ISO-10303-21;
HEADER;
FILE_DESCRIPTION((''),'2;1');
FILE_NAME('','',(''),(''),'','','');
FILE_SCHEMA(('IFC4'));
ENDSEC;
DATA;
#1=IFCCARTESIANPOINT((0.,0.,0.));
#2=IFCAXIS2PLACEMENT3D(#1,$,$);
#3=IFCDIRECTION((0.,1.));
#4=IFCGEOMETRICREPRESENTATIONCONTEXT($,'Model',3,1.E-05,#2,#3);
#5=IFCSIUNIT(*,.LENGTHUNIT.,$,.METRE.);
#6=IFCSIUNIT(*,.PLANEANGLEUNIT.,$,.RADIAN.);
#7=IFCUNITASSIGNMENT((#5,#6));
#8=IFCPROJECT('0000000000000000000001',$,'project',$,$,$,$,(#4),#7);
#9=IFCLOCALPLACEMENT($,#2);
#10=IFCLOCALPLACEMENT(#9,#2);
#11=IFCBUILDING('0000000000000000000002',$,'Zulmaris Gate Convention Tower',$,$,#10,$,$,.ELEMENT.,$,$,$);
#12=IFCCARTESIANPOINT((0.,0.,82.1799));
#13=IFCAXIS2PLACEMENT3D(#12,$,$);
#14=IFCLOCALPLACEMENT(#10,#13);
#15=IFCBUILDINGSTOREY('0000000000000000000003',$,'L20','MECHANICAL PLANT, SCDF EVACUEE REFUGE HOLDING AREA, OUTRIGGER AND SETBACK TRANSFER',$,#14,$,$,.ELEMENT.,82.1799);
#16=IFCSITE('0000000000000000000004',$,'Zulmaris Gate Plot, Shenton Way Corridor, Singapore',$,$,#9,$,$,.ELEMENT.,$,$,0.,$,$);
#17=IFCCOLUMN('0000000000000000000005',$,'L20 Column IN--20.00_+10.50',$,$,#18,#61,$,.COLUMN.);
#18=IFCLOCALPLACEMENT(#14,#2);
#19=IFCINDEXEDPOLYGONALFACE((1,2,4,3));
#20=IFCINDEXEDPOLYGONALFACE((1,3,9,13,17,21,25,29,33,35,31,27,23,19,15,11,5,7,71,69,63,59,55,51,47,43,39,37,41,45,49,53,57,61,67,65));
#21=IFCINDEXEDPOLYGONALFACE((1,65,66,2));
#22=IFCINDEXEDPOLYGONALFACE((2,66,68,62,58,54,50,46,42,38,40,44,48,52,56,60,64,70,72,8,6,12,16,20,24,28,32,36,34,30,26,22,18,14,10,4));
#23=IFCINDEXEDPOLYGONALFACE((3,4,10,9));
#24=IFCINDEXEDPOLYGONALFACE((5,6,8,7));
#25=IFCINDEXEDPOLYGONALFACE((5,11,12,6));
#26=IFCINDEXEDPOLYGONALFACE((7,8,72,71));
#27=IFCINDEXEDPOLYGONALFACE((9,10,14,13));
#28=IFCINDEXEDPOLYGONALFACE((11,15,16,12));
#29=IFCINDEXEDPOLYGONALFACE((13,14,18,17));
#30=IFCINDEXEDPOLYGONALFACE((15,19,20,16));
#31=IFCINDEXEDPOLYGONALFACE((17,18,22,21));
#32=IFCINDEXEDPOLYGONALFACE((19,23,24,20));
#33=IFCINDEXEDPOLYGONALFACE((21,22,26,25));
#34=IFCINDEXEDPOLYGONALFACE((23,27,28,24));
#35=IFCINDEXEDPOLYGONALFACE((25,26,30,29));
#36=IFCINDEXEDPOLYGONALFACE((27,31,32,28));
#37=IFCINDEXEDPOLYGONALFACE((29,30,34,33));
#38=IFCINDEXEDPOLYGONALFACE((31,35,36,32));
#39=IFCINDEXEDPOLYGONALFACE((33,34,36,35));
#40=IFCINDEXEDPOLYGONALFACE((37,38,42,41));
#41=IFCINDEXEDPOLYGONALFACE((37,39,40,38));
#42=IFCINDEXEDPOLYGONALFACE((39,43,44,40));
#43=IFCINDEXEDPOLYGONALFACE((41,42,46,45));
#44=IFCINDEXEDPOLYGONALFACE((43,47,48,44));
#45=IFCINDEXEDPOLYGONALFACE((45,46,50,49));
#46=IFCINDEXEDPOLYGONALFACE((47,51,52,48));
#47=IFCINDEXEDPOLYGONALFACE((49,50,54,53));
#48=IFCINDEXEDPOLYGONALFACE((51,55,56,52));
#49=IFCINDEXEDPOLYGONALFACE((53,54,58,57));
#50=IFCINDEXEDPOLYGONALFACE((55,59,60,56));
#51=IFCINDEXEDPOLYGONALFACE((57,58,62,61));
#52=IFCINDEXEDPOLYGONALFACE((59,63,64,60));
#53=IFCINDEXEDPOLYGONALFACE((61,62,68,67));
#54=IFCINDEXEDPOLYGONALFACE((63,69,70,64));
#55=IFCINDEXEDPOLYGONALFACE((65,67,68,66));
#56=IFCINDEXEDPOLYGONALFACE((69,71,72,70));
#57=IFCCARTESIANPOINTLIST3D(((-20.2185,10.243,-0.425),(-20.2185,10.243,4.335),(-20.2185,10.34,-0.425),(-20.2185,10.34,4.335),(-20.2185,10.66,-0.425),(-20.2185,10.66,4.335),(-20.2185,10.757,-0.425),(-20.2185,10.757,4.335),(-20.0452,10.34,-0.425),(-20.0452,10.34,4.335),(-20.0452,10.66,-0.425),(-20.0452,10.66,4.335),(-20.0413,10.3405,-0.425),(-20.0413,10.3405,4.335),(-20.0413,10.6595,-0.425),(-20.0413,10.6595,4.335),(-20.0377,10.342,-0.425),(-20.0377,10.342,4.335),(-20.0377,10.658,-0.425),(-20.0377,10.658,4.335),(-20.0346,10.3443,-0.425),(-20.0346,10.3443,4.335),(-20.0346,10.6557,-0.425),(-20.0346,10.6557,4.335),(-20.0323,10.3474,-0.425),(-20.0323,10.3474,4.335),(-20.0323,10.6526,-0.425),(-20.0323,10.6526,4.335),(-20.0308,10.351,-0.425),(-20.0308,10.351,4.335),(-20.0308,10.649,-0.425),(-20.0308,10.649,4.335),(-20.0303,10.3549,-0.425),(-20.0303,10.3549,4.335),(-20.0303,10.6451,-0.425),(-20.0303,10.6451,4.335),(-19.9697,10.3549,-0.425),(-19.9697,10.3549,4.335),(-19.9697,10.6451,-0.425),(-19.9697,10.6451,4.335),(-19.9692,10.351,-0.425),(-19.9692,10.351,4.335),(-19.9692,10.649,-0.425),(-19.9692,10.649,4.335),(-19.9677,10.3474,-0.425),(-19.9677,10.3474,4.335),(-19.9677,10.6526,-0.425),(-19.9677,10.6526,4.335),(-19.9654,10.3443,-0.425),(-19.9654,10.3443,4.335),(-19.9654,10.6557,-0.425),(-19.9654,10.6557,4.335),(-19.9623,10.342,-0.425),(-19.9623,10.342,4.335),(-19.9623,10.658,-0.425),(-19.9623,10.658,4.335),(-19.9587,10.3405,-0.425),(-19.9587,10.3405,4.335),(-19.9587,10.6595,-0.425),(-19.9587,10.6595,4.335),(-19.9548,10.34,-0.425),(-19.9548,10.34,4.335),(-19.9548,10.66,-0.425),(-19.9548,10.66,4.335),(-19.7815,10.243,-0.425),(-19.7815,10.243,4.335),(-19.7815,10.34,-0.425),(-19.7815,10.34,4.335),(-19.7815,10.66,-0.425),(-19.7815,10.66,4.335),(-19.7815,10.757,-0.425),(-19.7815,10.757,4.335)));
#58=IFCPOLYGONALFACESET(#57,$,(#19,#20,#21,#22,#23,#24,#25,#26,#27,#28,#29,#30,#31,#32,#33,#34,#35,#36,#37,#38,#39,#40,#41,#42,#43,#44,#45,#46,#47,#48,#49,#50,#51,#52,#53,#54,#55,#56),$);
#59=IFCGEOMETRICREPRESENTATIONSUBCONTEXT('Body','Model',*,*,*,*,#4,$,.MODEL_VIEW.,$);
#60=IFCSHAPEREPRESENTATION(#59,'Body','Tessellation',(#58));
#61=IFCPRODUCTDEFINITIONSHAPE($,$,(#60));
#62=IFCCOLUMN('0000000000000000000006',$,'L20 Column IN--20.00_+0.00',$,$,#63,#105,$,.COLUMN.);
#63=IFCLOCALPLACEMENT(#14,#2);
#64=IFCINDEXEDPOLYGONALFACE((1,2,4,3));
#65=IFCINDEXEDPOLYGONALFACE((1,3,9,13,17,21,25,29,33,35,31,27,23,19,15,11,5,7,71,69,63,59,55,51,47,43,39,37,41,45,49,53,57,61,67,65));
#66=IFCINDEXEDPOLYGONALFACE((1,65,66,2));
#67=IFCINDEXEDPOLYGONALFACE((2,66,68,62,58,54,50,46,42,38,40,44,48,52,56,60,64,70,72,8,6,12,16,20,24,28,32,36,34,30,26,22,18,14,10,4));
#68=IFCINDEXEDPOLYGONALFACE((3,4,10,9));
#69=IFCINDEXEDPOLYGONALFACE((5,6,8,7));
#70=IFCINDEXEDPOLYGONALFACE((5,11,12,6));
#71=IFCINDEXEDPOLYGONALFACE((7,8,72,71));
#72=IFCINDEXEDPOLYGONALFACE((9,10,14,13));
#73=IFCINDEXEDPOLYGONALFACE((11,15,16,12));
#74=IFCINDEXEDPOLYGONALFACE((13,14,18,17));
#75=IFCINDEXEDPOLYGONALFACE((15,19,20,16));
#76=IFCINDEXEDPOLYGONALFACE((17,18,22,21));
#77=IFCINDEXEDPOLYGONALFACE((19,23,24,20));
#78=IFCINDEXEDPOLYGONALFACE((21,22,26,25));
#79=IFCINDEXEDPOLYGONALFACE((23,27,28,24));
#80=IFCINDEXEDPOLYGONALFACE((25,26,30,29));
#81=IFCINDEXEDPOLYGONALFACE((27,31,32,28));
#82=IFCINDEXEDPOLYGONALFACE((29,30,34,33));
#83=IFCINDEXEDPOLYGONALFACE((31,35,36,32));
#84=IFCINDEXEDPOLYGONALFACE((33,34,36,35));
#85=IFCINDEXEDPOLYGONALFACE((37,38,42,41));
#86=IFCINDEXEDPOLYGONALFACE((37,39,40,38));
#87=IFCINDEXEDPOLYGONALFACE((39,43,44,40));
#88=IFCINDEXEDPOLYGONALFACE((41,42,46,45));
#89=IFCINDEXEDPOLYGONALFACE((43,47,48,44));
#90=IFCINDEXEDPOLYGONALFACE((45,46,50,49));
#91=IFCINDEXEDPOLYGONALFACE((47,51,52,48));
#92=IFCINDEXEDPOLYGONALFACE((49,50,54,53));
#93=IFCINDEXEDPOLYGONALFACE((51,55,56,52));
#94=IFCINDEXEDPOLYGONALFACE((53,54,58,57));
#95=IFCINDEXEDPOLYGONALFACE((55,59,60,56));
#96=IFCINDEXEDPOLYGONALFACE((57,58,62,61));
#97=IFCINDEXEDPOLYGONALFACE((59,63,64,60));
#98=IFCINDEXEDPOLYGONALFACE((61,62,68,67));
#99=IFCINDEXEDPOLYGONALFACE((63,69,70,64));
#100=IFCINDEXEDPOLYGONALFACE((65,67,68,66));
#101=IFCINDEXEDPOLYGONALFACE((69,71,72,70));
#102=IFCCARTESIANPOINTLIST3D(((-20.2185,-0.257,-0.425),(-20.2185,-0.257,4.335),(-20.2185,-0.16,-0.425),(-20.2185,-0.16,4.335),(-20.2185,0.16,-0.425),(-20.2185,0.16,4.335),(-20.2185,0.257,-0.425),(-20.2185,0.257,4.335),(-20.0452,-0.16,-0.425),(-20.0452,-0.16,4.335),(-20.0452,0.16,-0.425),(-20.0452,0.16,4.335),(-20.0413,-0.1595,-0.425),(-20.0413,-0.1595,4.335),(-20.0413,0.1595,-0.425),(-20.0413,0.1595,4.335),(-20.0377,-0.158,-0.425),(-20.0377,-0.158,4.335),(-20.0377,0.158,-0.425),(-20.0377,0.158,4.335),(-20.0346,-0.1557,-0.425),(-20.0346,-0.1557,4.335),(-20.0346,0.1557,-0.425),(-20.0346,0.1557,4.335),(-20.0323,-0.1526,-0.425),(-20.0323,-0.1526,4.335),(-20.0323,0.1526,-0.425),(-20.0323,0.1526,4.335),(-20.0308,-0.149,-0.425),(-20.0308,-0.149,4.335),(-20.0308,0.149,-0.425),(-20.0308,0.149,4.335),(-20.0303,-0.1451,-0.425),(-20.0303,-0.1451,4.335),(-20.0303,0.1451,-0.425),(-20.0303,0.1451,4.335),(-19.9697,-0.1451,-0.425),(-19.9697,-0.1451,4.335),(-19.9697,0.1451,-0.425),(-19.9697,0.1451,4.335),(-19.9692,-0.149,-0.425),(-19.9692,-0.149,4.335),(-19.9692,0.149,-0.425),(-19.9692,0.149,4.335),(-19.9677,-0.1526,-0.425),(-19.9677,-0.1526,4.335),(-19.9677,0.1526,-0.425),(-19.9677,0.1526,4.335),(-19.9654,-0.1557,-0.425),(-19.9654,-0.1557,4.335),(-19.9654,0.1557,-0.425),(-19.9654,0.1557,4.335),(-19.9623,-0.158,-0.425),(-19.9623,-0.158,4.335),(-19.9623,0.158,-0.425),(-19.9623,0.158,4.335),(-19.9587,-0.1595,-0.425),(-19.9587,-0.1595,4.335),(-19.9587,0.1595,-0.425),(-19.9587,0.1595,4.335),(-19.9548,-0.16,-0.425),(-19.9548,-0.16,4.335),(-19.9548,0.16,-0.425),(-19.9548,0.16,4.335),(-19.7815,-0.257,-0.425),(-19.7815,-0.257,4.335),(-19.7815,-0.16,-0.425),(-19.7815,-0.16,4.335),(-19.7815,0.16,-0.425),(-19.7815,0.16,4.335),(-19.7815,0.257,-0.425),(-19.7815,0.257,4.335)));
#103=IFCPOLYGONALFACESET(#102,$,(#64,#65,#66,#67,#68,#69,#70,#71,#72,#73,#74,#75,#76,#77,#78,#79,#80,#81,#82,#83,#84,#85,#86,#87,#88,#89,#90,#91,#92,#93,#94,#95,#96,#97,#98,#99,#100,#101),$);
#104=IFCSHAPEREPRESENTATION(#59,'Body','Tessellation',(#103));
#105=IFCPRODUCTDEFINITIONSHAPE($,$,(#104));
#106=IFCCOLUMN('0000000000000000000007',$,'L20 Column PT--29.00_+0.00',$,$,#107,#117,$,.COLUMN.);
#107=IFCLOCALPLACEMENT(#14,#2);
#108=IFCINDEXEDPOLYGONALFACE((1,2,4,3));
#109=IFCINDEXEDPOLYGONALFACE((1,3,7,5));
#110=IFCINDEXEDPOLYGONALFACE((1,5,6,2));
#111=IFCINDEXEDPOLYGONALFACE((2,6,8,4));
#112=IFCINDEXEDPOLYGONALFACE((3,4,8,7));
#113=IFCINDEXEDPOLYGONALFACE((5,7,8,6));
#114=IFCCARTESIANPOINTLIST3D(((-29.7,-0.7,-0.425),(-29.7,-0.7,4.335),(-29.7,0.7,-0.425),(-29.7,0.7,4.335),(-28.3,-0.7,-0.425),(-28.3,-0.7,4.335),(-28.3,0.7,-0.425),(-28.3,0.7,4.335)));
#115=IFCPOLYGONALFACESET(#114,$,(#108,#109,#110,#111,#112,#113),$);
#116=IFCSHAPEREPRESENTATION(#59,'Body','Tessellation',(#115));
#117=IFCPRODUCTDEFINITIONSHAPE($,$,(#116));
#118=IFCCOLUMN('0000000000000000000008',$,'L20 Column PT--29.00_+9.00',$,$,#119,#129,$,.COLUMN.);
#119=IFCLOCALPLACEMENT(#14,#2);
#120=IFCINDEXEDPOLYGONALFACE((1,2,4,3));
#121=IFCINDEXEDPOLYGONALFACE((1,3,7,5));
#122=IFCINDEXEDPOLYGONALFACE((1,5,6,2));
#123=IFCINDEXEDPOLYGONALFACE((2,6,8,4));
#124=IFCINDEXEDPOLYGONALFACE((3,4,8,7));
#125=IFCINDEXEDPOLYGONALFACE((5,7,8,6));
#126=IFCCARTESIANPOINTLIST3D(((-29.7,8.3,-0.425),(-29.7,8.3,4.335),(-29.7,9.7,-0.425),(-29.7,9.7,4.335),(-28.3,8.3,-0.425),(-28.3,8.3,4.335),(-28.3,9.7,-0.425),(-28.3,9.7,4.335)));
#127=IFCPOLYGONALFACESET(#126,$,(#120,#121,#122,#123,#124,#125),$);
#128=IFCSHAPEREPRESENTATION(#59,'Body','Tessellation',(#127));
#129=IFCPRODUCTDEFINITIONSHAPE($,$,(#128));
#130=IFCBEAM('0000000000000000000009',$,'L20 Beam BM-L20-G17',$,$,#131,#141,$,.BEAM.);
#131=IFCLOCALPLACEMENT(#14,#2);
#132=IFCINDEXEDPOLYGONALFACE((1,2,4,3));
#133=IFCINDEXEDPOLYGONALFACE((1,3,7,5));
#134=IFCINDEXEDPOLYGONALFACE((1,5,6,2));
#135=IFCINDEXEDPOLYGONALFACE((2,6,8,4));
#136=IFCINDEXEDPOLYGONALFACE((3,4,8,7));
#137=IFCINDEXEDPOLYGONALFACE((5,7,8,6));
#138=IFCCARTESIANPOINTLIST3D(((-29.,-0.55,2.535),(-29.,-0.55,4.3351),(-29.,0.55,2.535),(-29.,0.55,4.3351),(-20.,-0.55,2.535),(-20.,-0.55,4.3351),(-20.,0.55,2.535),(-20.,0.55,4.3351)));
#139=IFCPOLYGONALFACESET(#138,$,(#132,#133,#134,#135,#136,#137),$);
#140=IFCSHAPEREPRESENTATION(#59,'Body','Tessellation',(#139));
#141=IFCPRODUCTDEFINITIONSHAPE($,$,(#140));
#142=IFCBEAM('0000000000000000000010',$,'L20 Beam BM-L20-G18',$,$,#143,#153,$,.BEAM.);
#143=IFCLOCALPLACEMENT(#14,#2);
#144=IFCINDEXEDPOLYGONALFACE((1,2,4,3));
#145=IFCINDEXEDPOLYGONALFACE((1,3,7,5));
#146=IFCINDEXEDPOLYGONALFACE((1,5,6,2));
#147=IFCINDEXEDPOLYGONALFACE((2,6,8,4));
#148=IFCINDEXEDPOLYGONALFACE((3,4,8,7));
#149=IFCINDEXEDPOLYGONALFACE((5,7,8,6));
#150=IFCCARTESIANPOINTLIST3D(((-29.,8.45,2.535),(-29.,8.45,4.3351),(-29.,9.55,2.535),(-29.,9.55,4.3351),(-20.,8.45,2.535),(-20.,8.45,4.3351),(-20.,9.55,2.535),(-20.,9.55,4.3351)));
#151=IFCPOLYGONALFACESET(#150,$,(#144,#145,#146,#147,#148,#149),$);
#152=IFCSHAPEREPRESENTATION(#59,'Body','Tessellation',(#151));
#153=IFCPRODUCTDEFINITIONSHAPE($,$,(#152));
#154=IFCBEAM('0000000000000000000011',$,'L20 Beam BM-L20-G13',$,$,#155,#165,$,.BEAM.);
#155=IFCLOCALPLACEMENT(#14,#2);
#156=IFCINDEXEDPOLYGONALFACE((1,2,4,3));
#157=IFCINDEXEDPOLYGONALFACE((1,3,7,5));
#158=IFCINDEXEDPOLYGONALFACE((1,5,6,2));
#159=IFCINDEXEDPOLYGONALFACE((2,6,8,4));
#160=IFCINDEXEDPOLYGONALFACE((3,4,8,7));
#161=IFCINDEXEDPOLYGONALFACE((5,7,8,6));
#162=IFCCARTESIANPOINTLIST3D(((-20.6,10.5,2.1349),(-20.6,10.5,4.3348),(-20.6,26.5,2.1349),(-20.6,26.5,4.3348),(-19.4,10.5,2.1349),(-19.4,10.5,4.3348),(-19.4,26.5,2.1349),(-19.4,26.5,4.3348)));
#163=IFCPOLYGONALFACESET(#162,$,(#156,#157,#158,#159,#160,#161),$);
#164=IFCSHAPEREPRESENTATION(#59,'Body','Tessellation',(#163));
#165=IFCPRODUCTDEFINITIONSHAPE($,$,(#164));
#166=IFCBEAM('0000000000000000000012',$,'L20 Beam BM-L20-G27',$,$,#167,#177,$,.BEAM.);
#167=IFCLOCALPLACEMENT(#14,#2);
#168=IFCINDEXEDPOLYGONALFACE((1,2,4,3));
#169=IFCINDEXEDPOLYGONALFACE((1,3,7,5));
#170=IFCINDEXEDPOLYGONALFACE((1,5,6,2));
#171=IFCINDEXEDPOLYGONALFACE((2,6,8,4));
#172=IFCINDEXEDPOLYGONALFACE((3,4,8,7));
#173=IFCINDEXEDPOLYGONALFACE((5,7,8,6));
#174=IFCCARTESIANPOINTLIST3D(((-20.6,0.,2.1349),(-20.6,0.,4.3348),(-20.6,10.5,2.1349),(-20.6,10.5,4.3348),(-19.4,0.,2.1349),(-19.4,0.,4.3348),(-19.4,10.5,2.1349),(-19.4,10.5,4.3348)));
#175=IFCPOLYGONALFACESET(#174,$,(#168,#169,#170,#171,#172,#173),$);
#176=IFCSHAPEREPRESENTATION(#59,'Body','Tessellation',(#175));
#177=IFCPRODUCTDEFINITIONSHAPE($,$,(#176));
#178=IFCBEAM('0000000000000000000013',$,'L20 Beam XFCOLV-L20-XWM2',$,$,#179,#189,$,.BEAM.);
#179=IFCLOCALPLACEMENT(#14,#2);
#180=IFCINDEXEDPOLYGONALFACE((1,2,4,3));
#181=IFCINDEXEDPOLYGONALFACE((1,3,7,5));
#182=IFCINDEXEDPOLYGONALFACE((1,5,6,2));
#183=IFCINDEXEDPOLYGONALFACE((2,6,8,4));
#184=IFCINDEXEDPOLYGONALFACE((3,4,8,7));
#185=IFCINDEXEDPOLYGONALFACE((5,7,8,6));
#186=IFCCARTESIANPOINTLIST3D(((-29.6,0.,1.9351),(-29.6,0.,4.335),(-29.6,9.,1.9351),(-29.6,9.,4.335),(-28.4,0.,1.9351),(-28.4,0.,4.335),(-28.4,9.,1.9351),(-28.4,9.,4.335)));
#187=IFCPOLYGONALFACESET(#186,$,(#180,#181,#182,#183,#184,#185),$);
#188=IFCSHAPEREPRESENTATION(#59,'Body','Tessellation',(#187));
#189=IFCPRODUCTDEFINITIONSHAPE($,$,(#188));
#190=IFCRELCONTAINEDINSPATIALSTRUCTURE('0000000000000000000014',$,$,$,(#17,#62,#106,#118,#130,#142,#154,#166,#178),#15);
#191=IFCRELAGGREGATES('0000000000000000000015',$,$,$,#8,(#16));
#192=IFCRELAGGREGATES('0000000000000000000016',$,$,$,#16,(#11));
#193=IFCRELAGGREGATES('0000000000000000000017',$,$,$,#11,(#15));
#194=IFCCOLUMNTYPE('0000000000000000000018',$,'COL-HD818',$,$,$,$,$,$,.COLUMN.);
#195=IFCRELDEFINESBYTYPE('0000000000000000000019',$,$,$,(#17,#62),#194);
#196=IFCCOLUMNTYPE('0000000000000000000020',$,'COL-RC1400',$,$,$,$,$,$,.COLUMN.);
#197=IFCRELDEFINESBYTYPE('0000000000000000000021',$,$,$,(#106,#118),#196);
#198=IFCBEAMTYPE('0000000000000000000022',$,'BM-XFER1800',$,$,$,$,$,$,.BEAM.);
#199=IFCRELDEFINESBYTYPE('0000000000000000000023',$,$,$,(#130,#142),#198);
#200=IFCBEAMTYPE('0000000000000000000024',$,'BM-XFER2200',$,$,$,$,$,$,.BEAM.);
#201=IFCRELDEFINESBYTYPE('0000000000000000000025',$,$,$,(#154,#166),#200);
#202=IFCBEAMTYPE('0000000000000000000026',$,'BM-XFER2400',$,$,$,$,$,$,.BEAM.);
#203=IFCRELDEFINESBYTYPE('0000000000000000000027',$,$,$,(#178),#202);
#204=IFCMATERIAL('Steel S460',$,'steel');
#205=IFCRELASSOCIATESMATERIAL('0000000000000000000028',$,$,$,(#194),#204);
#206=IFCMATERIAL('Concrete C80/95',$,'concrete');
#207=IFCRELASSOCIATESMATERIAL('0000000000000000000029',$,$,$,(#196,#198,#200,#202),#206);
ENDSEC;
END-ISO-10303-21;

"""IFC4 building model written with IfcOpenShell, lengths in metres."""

from ifc_helpers import new_model, si_unit, direction, frame, origin, origin_2d, place, context, subcontext, project, spatial, rectangle, i_section, extrude, material, material_profile, profile_set, type_object, element, save


model = new_model("IFC4")

# Units and contexts
model_context = context("Model", 3, precision=1e-05, world=origin(), true_north=direction((0.0, 1.0)))
body_context = subcontext(model_context, "Body", "Model", "MODEL_VIEW")
ifc_project = project(units=[si_unit("LENGTHUNIT", "METRE"), si_unit("PLANEANGLEUNIT", "RADIAN")], contexts=[model_context])

# Site, building, storey
site_placement = place(None, origin())
site = spatial("IfcSite", under=ifc_project, at=site_placement, Name="Zulmaris Gate Plot, Shenton Way Corridor, Singapore", CompositionType="ELEMENT", RefElevation=0.0)
building_placement = place(site_placement, origin())
building = spatial("IfcBuilding", under=site, at=building_placement, Name="Zulmaris Gate Convention Tower", CompositionType="ELEMENT")
storey_placement = place(building_placement, frame((0.0, 0.0, 82.1799)))
storey = spatial("IfcBuildingStorey", under=building, at=storey_placement, Name="L20", Description="MECHANICAL PLANT, SCDF EVACUEE REFUGE HOLDING AREA, OUTRIGGER AND SETBACK TRANSFER", CompositionType="ELEMENT", Elevation=82.1799)

# Columns
ifc_material_1 = material(Name="Steel S460", Category="steel")
ifc_material_profile_1 = material_profile(ifc_material_1, i_section(OverallWidth=0.437, OverallDepth=0.5139, WebThickness=0.0605, FlangeThickness=0.0969, FilletRadius=0.0149, at=origin_2d()), Name="HD 400x818")
ifc_profile_set_1 = profile_set([ifc_material_profile_1], Name="Steel S460")
column_type_1 = type_object("IfcColumnType", Name="COL-HD818", PredefinedType="COLUMN", material=ifc_profile_set_1)
for number, where, z_axis, x_axis, name in (
    (1, (-20.0, 10.5, -0.425), (0.0, 0.0, 1.0), (1.0, 0.0, 0.0), "L20 Column IN--20.00_+10.50"),
    (2, (-20.0, 0.0, -0.425), (0.0, 0.0, 1.0), (1.0, 0.0, 0.0), "L20 Column IN--20.00_+0.00"),
):
    element("IfcColumn", number, at=place(storey_placement, frame(where, z_axis=z_axis, x_axis=x_axis)), inside=storey, type_object=column_type_1, Name=name, PredefinedType="COLUMN", context=body_context, shape_type="SweptSolid", body=[
        extrude(i_section(OverallWidth=0.437, OverallDepth=0.5139, WebThickness=0.0605, FlangeThickness=0.0969, FilletRadius=0.0149, at=origin_2d()), origin(), (0.0, 0.0, 1.0), 4.76),
    ])
ifc_material_2 = material(Name="Concrete C80/95", Category="concrete")
ifc_material_profile_2 = material_profile(ifc_material_2, rectangle(XDim=1.3999, YDim=1.3999, at=origin_2d()), Name="RC COL 1400x1400")
ifc_profile_set_2 = profile_set([ifc_material_profile_2], Name="Concrete C80/95")
column_type_2 = type_object("IfcColumnType", Name="COL-RC1400", PredefinedType="COLUMN", material=ifc_profile_set_2)
for number, where, z_axis, x_axis, name in (
    (3, (-29.0, 0.0, -0.425), (0.0, 0.0, 1.0), (1.0, 0.0, 0.0), "L20 Column PT--29.00_+0.00"),
    (4, (-29.0, 9.0, -0.425), (0.0, 0.0, 1.0), (1.0, 0.0, 0.0), "L20 Column PT--29.00_+9.00"),
):
    element("IfcColumn", number, at=place(storey_placement, frame(where, z_axis=z_axis, x_axis=x_axis)), inside=storey, type_object=column_type_2, Name=name, PredefinedType="COLUMN", context=body_context, shape_type="SweptSolid", body=[
        extrude(rectangle(XDim=1.3999, YDim=1.3999, at=origin_2d()), origin(), (0.0, 0.0, 1.0), 4.76),
    ])

# Beams
ifc_material_profile_3 = material_profile(ifc_material_2, rectangle(XDim=1.1001, YDim=1.8, at=origin_2d()), Name="RC TRANSFER 1100x1800")
ifc_profile_set_3 = profile_set([ifc_material_profile_3], Name="Concrete C80/95")
beam_type_1 = type_object("IfcBeamType", Name="BM-XFER1800", PredefinedType="BEAM", material=ifc_profile_set_3)
for number, where, z_axis, x_axis, name in (
    (5, (-29.0, 0.0, 3.4351), (1.0, 0.0, 0.0), (0.0, 1.0, 0.0), "L20 Beam BM-L20-G17"),
    (6, (-29.0, 9.0, 3.4351), (1.0, 0.0, 0.0), (0.0, 1.0, 0.0), "L20 Beam BM-L20-G18"),
):
    element("IfcBeam", number, at=place(storey_placement, frame(where, z_axis=z_axis, x_axis=x_axis)), inside=storey, type_object=beam_type_1, Name=name, PredefinedType="BEAM", context=body_context, shape_type="SweptSolid", body=[
        extrude(rectangle(XDim=1.1001, YDim=1.8, at=origin_2d()), origin(), (0.0, 0.0, 1.0), 9.0),
    ])
ifc_material_profile_4 = material_profile(ifc_material_2, rectangle(XDim=1.2, YDim=2.2, at=origin_2d()), Name="RC TRANSFER 1200x2200")
ifc_profile_set_4 = profile_set([ifc_material_profile_4], Name="Concrete C80/95")
beam_type_2 = type_object("IfcBeamType", Name="BM-XFER2200", PredefinedType="BEAM", material=ifc_profile_set_4)
beam_1_placement = place(storey_placement, frame((-20.0, 10.5, 3.2349), z_axis=(0.0, 1.0, 0.0), x_axis=(-1.0, 0.0, 0.0)))
element("IfcBeam", 7, at=beam_1_placement, inside=storey, type_object=beam_type_2, Name="L20 Beam BM-L20-G13", PredefinedType="BEAM", context=body_context, shape_type="SweptSolid", body=[
    extrude(rectangle(XDim=1.2, YDim=2.2, at=origin_2d()), origin(), (0.0, 0.0, 1.0), 16.0),
])
beam_2_placement = place(storey_placement, frame((-20.0, 0.0, 3.2349), z_axis=(0.0, 1.0, 0.0), x_axis=(-1.0, 0.0, 0.0)))
element("IfcBeam", 8, at=beam_2_placement, inside=storey, type_object=beam_type_2, Name="L20 Beam BM-L20-G27", PredefinedType="BEAM", context=body_context, shape_type="SweptSolid", body=[
    extrude(rectangle(XDim=1.2, YDim=2.2, at=origin_2d()), origin(), (0.0, 0.0, 1.0), 10.5),
])
ifc_material_profile_5 = material_profile(ifc_material_2, rectangle(XDim=1.2, YDim=2.3999, at=origin_2d()), Name="RC TRANSFER 1200x2400")
ifc_profile_set_5 = profile_set([ifc_material_profile_5], Name="Concrete C80/95")
beam_type_3 = type_object("IfcBeamType", Name="BM-XFER2400", PredefinedType="BEAM", material=ifc_profile_set_5)
beam_3_placement = place(storey_placement, frame((-29.0, 0.0, 3.135), z_axis=(0.0, 1.0, 0.0), x_axis=(-1.0, 0.0, 0.0)))
element("IfcBeam", 9, at=beam_3_placement, inside=storey, type_object=beam_type_3, Name="L20 Beam XFCOLV-L20-XWM2", PredefinedType="BEAM", context=body_context, shape_type="SweptSolid", body=[
    extrude(rectangle(XDim=1.2, YDim=2.3999, at=origin_2d()), origin(), (0.0, 0.0, 1.0), 9.0),
])

save(model, "model.ifc")
